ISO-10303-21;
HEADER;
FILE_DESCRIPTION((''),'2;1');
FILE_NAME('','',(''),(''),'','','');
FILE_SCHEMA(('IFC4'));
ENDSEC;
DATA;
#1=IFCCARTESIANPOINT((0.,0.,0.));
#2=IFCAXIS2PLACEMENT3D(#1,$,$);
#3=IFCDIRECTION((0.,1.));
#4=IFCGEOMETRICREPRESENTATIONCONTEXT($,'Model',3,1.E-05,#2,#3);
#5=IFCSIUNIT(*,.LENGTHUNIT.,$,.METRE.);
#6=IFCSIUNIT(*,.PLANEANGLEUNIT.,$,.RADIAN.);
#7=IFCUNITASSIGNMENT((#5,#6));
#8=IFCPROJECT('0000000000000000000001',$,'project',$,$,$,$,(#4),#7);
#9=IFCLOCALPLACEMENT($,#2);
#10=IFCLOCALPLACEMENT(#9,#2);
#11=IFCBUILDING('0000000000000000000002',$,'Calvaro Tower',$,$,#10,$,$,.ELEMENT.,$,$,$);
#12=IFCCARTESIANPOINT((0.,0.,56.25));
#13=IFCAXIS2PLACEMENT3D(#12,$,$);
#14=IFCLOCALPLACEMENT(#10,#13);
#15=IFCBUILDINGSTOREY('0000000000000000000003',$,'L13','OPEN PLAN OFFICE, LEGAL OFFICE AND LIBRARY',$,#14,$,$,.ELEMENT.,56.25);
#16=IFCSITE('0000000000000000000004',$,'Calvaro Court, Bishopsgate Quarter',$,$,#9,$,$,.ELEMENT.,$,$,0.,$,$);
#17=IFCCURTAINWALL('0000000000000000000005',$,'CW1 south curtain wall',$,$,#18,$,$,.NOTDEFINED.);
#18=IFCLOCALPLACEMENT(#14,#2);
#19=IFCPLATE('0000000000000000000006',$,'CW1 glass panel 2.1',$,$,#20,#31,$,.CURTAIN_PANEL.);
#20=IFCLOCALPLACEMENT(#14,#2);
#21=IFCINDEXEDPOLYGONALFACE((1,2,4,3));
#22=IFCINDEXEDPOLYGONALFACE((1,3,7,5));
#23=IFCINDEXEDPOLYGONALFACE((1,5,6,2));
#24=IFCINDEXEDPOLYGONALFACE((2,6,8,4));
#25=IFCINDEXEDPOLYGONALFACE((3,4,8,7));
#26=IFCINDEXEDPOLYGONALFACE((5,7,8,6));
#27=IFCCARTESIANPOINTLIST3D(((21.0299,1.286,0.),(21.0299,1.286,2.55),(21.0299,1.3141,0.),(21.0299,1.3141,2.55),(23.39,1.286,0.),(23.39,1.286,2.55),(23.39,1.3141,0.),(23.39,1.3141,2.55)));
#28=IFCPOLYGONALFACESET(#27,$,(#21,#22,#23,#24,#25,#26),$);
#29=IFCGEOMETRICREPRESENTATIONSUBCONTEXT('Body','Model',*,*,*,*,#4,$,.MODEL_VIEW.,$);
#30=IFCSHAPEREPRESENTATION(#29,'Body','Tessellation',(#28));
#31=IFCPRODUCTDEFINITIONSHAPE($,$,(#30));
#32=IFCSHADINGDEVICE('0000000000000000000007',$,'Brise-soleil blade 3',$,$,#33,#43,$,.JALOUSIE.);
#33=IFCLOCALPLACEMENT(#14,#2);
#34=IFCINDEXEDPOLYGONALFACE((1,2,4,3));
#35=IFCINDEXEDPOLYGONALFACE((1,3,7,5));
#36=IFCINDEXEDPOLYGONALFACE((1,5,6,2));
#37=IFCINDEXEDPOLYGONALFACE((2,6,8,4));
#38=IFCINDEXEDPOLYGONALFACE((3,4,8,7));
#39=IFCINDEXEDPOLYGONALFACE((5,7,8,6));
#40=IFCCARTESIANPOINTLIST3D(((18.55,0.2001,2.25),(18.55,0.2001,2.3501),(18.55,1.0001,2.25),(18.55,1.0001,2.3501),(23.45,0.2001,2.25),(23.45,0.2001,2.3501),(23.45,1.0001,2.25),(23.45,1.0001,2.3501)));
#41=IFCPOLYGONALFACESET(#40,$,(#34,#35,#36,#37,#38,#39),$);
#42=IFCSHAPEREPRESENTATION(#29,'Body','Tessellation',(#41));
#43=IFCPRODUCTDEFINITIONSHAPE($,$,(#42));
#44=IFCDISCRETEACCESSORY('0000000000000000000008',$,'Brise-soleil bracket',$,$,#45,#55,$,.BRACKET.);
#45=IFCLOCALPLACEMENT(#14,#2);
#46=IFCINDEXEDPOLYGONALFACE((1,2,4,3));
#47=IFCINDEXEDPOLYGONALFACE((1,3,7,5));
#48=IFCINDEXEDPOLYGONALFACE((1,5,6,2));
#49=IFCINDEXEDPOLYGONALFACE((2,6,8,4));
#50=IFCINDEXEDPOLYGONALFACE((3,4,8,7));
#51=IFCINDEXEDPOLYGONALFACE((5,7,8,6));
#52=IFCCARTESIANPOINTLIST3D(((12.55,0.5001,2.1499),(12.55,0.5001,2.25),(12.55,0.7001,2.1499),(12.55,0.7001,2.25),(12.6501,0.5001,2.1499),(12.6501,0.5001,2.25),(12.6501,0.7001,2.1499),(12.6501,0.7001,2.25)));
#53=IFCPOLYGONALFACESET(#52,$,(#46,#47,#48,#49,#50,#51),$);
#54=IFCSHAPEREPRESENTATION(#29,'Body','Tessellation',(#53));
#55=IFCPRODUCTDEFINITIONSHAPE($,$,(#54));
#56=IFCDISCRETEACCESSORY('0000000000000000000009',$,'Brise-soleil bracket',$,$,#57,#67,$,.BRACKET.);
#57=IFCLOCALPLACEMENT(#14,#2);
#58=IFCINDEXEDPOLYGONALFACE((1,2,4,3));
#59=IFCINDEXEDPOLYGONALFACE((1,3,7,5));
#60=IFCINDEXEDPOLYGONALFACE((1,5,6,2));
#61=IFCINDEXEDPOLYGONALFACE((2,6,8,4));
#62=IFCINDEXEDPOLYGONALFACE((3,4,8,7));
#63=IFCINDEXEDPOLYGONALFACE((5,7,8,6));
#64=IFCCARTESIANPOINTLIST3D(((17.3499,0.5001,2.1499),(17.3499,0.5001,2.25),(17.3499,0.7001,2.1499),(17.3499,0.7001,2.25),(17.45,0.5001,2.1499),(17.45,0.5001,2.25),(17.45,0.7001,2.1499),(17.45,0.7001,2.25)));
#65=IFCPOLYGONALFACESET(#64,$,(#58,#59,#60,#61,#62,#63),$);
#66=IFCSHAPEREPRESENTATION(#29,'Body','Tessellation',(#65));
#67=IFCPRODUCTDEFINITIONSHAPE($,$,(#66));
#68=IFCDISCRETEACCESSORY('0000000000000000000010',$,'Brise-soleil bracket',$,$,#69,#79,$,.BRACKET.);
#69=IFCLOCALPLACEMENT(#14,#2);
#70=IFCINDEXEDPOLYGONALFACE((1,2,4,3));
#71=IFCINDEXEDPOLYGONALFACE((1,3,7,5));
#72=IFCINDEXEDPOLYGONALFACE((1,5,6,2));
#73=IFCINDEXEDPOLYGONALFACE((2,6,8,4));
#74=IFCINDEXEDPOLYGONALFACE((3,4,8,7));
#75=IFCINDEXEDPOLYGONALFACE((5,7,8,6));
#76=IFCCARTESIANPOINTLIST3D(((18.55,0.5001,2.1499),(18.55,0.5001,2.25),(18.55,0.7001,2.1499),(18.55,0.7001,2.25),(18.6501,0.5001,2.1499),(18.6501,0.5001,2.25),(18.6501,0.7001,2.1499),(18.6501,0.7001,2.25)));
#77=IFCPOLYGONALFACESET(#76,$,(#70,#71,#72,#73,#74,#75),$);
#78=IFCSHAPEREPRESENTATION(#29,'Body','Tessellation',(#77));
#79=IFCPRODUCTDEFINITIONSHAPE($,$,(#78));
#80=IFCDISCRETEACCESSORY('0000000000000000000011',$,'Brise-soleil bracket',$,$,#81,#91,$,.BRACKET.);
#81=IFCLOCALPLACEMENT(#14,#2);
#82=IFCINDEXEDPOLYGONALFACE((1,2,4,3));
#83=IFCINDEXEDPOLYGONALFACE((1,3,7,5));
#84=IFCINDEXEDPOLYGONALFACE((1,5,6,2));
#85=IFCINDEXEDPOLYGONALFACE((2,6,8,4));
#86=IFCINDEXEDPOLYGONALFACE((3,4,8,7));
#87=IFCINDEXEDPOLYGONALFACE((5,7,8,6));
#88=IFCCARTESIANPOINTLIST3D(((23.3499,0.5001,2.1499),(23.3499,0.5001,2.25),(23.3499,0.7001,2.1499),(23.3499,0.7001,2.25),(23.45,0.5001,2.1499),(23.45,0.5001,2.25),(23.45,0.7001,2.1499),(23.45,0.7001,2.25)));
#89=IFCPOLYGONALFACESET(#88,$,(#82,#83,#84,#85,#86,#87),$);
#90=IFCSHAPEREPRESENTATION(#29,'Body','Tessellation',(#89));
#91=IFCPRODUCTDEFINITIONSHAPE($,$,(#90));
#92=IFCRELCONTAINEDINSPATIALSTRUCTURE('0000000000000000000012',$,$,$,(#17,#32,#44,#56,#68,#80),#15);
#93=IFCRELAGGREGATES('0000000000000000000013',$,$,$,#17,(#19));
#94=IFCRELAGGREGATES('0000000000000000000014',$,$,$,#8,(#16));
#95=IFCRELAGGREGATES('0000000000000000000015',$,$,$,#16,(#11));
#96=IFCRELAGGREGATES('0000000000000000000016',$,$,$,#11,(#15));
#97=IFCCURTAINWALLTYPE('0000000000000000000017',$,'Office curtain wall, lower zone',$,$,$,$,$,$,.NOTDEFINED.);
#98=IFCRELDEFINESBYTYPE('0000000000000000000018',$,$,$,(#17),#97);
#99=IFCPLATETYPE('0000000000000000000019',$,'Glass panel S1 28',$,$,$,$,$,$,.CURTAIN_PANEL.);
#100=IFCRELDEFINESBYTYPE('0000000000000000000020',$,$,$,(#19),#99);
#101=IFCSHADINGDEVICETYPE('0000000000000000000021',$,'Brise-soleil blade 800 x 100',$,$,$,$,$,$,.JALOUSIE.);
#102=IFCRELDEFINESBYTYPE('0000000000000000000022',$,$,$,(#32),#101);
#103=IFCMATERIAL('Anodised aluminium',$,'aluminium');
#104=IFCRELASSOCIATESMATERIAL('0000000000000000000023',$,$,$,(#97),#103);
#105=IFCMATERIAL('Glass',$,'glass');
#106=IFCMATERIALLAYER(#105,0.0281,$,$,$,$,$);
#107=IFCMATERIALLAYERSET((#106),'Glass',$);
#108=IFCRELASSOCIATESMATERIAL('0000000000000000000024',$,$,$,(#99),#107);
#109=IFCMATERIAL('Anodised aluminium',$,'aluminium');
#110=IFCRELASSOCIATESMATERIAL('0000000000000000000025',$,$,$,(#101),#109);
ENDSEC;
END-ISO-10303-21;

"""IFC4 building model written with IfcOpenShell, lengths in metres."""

from ifc_helpers import new_model, si_unit, direction, frame, origin, origin_2d, place, context, subcontext, project, spatial, rectangle, extrude, material, layer, layer_set, material_profile, profile_set, type_object, element, aggregate, save


model = new_model("IFC4")

# Units and contexts
model_context = context("Model", 3, precision=1e-05, world=origin(), true_north=direction((0.0, 1.0)))
body_context = subcontext(model_context, "Body", "Model", "MODEL_VIEW")
ifc_project = project(units=[si_unit("LENGTHUNIT", "METRE"), si_unit("PLANEANGLEUNIT", "RADIAN")], contexts=[model_context])

# Site, building, storey
site_placement = place(None, origin())
site = spatial("IfcSite", under=ifc_project, at=site_placement, Name="Calvaro Court, Bishopsgate Quarter", CompositionType="ELEMENT", RefElevation=0.0)
building_placement = place(site_placement, origin())
building = spatial("IfcBuilding", under=site, at=building_placement, Name="Calvaro Tower", CompositionType="ELEMENT")
storey_placement = place(building_placement, frame((0.0, 0.0, 56.25)))
storey = spatial("IfcBuildingStorey", under=building, at=storey_placement, Name="L13", Description="OPEN PLAN OFFICE, LEGAL OFFICE AND LIBRARY", CompositionType="ELEMENT", Elevation=56.25)

# Curtain wall
ifc_material_1 = material(Name="Anodised aluminium", Category="aluminium")
curtain_wall_type = type_object("IfcCurtainWallType", Name="Office curtain wall, lower zone", PredefinedType="NOTDEFINED", material=ifc_material_1)
curtain_wall_1_placement = place(storey_placement, origin())
curtain_wall_1 = element("IfcCurtainWall", 1, at=curtain_wall_1_placement, inside=storey, type_object=curtain_wall_type, Name="CW1 south curtain wall", PredefinedType="NOTDEFINED")

# Plate
ifc_material_2 = material(Name="Glass", Category="glass")
ifc_layer = layer(ifc_material_2, 0.0281)
ifc_layer_set = layer_set([ifc_layer], Name="Glass")
plate_type = type_object("IfcPlateType", Name="Glass panel S1 28", PredefinedType="CURTAIN_PANEL", material=ifc_layer_set)
plate_1_placement = place(storey_placement, frame((22.21, 1.3, 0.0), z_axis=(0.0, 0.0, 1.0), x_axis=(1.0, 0.0, 0.0)))
plate_1 = element("IfcPlate", 2, at=plate_1_placement, type_object=plate_type, Name="CW1 glass panel 2.1", PredefinedType="CURTAIN_PANEL", context=body_context, shape_type="SweptSolid", body=[
    extrude(rectangle(XDim=2.3601, YDim=0.0281, at=origin_2d()), origin(), (0.0, 0.0, 1.0), 2.55),
])
aggregate(curtain_wall_1, [plate_1])

# Shading device
ifc_material_3 = material(Name="Anodised aluminium", Category="aluminium")
ifc_material_profile_1 = material_profile(ifc_material_3, rectangle(XDim=0.8, YDim=0.1001, at=origin_2d()), Name="Brise-soleil blade 800 x 100")
ifc_profile_set_1 = profile_set([ifc_material_profile_1], Name="Anodised aluminium")
shading_device_type = type_object("IfcShadingDeviceType", Name="Brise-soleil blade 800 x 100", PredefinedType="JALOUSIE", material=ifc_profile_set_1)
shading_device_placement = place(storey_placement, frame((18.55, 0.6001, 2.3), z_axis=(1.0, 0.0, 0.0), x_axis=(0.0, 1.0, 0.0)))
element("IfcShadingDevice", 3, at=shading_device_placement, inside=storey, type_object=shading_device_type, Name="Brise-soleil blade 3", PredefinedType="JALOUSIE", context=body_context, shape_type="SweptSolid", body=[
    extrude(rectangle(XDim=0.8, YDim=0.1001, at=origin_2d()), origin(), (0.0, 0.0, 1.0), 4.8999),
])

# Discrete accessories
for number, where, z_axis, x_axis, name in (
    (4, (12.6001, 0.6001, 2.1499), (0.0, 0.0, 1.0), (1.0, 0.0, 0.0), "Brise-soleil bracket"),
    (5, (17.3999, 0.6001, 2.1499), (0.0, 0.0, 1.0), (1.0, 0.0, 0.0), "Brise-soleil bracket"),
    (6, (18.6001, 0.6001, 2.1499), (0.0, 0.0, 1.0), (1.0, 0.0, 0.0), "Brise-soleil bracket"),
    (7, (23.3999, 0.6001, 2.1499), (0.0, 0.0, 1.0), (1.0, 0.0, 0.0), "Brise-soleil bracket"),
):
    element("IfcDiscreteAccessory", number, at=place(storey_placement, frame(where, z_axis=z_axis, x_axis=x_axis)), inside=storey, Name=name, PredefinedType="BRACKET", context=body_context, shape_type="SweptSolid", body=[
        extrude(rectangle(XDim=0.1001, YDim=0.2, at=origin_2d()), origin(), (0.0, 0.0, 1.0), 0.1001),
    ])

save(model, "model.ifc")
